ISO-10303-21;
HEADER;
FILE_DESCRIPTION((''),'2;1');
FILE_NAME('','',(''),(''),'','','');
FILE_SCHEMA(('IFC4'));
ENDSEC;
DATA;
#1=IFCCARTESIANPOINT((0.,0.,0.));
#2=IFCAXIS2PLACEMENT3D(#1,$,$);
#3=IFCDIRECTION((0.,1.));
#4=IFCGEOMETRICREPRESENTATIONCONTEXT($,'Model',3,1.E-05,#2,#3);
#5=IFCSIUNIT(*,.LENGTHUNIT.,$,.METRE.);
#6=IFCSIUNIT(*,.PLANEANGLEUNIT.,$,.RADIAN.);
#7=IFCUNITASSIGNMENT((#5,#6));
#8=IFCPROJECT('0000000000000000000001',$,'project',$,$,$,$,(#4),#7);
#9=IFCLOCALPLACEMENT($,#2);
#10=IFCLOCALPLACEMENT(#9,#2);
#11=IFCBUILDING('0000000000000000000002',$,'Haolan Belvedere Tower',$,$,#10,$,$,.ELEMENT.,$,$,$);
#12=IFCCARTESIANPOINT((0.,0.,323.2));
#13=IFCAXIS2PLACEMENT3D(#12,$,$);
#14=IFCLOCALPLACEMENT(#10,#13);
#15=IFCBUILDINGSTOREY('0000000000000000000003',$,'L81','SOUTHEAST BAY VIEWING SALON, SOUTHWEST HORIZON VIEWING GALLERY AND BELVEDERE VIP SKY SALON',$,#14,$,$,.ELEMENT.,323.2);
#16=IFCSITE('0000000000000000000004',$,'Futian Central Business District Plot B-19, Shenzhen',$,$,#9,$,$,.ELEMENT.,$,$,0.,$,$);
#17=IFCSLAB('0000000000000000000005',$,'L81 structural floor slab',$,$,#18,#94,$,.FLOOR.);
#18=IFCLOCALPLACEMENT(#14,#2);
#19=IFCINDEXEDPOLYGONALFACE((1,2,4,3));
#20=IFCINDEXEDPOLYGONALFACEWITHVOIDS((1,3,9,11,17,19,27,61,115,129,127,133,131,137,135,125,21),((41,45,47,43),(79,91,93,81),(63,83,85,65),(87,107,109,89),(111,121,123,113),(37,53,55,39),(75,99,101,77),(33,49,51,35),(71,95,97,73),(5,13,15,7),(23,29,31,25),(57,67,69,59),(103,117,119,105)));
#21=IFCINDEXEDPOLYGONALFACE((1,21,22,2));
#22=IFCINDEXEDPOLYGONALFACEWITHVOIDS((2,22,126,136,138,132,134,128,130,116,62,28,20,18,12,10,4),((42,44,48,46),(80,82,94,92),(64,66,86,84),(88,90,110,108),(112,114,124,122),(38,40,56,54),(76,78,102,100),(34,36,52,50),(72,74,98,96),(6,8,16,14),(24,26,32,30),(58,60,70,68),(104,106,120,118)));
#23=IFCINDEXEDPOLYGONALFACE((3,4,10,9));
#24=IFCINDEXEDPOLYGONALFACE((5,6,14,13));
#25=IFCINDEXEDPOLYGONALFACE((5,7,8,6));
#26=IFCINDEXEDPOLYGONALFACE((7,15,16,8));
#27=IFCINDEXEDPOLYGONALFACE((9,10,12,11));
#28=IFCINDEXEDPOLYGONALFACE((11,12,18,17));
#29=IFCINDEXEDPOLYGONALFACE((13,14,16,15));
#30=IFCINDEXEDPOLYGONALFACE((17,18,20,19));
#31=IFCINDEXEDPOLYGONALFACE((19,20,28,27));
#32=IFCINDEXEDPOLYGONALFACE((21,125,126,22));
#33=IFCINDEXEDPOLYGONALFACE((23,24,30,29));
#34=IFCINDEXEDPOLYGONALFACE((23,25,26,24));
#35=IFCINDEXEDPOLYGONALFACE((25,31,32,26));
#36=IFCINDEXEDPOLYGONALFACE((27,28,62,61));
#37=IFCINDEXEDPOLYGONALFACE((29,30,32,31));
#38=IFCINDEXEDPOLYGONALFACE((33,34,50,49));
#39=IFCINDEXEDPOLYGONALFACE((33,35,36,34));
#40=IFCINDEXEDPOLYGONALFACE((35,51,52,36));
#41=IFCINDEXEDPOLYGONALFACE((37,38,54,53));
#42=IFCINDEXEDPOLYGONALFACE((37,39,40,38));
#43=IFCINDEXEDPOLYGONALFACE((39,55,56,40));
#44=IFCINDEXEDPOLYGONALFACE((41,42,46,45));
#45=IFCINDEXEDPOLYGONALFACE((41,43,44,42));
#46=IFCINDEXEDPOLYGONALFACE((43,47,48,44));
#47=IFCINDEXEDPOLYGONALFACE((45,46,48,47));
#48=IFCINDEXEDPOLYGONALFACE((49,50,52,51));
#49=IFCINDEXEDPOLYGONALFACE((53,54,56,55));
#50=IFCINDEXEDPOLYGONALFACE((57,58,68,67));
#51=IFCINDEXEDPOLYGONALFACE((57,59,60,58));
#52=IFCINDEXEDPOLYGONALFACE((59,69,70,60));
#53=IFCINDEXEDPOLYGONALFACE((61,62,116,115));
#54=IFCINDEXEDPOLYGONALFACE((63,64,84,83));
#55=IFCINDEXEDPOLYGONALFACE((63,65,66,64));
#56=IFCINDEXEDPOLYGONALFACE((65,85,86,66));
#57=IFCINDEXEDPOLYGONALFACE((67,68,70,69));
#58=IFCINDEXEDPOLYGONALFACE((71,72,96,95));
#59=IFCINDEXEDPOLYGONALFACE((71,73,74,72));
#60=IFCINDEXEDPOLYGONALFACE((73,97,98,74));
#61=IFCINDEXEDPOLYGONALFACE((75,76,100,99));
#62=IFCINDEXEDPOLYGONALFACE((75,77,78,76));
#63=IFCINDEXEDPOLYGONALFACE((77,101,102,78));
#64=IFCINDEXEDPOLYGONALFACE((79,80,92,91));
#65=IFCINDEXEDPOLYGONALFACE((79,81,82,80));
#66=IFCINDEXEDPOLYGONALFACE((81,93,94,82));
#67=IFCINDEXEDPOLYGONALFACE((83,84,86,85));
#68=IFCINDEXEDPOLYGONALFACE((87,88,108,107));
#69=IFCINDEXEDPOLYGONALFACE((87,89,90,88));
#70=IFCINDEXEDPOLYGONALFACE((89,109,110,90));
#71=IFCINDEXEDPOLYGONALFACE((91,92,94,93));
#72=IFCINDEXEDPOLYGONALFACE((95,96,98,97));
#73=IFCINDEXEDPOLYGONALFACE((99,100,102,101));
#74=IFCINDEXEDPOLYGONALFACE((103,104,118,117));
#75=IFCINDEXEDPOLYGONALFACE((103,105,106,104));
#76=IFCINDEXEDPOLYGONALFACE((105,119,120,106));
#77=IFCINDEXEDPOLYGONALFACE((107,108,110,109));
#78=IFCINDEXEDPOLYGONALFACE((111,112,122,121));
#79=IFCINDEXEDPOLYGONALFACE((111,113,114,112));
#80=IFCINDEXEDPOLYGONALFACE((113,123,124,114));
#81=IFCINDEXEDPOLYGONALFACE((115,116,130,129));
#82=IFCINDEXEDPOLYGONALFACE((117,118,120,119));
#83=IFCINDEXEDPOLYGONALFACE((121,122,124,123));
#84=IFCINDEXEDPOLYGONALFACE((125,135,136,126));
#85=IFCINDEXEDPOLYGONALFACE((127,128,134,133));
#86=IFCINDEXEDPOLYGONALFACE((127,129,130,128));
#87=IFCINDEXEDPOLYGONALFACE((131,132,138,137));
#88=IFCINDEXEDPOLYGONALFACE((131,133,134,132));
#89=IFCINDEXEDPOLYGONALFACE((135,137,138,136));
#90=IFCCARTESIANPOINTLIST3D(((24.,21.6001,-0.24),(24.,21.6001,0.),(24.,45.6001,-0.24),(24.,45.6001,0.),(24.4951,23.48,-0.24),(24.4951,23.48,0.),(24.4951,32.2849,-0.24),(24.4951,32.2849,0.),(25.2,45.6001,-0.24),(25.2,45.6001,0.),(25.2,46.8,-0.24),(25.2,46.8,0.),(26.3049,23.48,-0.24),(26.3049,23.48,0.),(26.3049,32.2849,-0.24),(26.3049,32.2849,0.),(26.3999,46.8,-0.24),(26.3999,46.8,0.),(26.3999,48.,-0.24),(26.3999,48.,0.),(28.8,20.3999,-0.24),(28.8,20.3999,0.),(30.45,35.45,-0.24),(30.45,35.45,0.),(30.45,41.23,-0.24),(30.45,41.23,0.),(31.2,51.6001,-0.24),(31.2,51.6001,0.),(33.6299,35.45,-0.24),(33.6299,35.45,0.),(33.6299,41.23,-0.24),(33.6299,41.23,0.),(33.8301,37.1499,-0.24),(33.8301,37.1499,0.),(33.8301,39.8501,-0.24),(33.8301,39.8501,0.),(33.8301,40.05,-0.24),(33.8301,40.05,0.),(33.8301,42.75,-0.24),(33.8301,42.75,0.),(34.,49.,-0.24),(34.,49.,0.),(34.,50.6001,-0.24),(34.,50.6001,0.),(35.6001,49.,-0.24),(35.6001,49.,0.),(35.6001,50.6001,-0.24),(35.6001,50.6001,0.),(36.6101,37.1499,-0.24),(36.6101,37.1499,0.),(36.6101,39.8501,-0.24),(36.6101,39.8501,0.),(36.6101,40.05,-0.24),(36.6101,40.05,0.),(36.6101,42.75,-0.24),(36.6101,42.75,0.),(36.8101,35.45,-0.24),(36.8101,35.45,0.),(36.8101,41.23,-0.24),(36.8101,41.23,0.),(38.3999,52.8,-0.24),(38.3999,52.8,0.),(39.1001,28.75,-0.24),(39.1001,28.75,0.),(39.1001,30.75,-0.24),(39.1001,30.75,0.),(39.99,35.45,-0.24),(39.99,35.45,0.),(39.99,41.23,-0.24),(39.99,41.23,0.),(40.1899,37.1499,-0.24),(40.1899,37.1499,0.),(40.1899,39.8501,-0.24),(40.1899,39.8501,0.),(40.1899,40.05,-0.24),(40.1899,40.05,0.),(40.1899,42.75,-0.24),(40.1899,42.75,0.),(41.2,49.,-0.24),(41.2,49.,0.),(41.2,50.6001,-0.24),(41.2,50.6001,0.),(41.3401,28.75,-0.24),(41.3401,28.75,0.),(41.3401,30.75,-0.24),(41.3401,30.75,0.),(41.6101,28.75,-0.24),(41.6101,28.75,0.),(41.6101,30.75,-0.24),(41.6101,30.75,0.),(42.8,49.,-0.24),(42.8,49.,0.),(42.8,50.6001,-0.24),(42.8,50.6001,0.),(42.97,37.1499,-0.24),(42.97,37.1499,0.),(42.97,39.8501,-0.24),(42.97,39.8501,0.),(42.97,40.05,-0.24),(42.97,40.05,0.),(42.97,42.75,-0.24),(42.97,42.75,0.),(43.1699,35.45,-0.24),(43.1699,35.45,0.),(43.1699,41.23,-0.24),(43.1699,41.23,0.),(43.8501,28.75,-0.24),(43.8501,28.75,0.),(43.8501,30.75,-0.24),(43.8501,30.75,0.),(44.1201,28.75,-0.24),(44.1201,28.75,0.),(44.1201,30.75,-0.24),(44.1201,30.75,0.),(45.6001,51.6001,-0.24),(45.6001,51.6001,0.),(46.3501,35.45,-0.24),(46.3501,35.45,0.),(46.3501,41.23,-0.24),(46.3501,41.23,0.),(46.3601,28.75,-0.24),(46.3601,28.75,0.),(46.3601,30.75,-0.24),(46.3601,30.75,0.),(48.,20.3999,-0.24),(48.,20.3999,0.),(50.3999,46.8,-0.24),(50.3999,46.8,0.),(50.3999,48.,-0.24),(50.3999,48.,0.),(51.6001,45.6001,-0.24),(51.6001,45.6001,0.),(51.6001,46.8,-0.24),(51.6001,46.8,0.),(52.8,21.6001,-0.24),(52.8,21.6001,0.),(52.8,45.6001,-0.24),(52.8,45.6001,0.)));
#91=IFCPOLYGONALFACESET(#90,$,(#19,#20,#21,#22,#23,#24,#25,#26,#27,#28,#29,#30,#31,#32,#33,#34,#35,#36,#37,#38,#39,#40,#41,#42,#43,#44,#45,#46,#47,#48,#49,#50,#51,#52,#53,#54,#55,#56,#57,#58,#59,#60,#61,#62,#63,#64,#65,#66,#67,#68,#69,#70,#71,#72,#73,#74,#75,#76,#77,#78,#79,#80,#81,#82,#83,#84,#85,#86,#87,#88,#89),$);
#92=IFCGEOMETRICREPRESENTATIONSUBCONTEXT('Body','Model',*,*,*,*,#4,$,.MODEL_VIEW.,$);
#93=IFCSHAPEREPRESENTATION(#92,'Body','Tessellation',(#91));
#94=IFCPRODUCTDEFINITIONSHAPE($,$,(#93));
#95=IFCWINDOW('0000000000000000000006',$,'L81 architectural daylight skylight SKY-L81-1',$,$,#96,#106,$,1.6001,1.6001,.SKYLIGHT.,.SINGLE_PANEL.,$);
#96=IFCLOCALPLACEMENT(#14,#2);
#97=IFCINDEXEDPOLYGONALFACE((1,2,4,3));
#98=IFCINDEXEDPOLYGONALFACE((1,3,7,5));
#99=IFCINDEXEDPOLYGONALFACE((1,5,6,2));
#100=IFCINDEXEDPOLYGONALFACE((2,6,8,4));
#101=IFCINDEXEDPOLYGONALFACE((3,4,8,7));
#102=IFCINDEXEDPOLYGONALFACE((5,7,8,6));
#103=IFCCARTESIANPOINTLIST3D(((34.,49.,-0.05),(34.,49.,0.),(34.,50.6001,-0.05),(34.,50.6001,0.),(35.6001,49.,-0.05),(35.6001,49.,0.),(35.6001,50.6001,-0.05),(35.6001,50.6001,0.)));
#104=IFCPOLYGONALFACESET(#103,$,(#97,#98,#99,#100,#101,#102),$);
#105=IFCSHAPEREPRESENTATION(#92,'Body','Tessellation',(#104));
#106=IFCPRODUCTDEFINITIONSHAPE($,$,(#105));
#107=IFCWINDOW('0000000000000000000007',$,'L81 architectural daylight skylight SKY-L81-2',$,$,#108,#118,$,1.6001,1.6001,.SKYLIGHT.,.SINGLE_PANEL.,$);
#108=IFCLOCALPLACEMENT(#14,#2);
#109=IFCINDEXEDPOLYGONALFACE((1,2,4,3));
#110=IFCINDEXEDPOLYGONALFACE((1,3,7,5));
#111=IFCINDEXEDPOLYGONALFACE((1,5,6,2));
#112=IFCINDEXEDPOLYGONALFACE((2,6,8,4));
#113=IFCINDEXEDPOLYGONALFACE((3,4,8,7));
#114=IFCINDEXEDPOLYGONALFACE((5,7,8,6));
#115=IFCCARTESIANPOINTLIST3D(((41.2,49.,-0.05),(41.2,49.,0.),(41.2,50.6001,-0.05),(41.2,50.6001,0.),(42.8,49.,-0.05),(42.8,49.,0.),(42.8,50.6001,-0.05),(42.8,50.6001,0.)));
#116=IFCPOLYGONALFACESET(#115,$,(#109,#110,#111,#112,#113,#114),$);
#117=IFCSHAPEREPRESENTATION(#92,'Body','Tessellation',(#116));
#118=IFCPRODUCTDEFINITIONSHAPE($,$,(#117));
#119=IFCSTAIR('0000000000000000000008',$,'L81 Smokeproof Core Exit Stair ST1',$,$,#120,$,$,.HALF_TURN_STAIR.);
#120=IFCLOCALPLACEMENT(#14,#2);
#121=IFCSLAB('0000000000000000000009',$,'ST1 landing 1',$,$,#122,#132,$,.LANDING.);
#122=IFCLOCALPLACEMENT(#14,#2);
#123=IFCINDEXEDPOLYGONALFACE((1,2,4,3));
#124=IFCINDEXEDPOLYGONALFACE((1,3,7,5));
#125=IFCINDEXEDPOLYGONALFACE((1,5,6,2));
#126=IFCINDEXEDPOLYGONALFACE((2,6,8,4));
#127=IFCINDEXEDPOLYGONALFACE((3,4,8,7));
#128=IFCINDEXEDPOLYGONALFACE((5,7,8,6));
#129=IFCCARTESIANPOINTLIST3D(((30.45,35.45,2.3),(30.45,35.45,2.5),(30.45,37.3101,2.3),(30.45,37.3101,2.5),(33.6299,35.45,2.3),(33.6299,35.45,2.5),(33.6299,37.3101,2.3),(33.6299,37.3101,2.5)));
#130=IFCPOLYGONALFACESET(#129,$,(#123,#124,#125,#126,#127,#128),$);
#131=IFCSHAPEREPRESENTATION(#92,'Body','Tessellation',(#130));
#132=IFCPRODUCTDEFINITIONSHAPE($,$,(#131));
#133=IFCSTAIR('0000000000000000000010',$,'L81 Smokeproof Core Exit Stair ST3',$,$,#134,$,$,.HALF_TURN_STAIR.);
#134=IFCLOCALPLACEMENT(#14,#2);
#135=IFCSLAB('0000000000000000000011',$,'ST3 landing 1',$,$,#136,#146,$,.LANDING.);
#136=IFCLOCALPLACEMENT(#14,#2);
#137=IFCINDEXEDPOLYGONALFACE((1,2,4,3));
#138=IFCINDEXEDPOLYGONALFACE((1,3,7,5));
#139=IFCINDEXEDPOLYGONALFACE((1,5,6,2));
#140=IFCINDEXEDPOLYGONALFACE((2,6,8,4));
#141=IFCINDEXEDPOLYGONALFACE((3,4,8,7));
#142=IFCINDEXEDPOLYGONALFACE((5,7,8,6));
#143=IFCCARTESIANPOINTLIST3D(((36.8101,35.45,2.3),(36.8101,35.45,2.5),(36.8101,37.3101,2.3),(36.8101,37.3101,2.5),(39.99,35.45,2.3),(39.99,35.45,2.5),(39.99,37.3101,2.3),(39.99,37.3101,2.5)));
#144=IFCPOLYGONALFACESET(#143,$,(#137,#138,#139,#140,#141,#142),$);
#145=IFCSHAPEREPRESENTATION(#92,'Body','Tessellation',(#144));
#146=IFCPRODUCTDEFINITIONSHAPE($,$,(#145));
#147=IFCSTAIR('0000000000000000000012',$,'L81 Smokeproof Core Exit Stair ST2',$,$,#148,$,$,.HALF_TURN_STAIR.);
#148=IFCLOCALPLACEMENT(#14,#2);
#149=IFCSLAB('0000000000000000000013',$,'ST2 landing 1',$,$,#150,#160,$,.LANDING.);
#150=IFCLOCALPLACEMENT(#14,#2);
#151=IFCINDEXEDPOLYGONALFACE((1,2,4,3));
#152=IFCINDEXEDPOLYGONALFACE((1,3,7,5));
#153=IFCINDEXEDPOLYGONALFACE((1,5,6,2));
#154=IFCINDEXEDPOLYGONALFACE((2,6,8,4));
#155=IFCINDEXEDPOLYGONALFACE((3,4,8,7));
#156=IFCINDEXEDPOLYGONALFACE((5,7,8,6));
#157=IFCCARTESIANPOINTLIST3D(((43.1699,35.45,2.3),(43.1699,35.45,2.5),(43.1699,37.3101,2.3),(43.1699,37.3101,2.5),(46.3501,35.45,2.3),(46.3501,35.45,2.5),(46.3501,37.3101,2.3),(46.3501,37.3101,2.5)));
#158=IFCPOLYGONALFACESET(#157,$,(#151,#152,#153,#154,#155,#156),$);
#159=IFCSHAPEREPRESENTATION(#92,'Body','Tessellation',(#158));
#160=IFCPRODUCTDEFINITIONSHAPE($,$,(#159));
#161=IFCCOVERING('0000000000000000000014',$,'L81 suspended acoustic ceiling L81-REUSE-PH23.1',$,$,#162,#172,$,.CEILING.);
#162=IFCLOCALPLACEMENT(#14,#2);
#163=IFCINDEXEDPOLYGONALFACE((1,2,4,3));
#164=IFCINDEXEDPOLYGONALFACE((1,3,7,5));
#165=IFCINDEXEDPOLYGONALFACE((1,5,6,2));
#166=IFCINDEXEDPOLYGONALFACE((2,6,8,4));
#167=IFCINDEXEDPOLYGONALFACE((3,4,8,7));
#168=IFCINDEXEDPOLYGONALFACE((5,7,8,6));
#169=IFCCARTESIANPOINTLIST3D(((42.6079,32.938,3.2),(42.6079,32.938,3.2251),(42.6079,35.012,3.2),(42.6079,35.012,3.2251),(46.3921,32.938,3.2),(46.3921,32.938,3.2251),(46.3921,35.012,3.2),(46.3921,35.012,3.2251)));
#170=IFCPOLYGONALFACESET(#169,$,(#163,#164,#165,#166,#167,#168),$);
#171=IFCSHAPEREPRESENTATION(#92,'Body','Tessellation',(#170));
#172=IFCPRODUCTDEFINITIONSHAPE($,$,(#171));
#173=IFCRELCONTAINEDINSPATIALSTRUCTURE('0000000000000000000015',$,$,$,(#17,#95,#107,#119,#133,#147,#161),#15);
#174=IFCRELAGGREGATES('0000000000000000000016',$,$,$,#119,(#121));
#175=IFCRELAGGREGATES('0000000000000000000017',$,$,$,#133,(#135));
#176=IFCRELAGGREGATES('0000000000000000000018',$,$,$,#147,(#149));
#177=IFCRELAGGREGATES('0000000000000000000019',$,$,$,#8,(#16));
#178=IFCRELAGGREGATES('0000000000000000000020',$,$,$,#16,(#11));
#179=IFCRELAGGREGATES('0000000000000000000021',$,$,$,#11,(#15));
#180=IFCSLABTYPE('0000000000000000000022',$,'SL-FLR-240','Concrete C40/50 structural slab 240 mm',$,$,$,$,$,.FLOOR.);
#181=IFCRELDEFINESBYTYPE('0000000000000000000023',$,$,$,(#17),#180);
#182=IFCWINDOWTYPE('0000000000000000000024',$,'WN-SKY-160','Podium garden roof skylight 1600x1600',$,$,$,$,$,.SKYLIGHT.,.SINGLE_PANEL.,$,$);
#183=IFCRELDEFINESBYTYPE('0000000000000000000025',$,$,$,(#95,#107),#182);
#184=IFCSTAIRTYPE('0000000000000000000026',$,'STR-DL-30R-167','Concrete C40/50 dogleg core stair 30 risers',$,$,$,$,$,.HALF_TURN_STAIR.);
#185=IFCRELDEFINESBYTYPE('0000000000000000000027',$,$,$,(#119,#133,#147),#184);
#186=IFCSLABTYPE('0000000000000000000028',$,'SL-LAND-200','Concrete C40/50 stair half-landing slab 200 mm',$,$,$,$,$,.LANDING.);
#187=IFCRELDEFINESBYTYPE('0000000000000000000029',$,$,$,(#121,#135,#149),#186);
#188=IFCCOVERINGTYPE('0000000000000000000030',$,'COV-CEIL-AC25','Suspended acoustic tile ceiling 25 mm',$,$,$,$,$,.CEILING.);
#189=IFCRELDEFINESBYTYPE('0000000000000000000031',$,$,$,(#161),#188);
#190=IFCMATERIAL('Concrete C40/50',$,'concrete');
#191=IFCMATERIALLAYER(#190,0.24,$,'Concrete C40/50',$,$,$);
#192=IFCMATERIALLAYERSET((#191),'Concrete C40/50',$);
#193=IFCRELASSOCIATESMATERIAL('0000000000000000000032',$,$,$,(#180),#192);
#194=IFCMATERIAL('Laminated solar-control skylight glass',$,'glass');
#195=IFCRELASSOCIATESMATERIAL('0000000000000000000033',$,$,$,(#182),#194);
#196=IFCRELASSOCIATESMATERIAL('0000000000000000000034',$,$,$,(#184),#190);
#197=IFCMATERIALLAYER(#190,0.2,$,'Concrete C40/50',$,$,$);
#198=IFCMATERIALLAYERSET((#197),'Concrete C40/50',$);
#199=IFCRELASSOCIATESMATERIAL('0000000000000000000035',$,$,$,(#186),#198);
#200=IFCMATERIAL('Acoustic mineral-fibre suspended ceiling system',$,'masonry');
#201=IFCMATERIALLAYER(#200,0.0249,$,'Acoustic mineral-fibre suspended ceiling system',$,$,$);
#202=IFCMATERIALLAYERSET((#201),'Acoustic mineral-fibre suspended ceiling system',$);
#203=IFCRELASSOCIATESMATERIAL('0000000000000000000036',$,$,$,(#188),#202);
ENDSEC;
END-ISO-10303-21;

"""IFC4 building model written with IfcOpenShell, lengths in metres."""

from ifc_helpers import new_model, si_unit, direction, frame, origin, origin_2d, place, context, subcontext, project, spatial, polyline, rectangle, outline, extrude, material, layer, layer_set, type_object, element, fill, aggregate, save


model = new_model("IFC4")

# Units and contexts
model_context = context("Model", 3, precision=1e-05, world=origin(), true_north=direction((0.0, 1.0)))
body_context = subcontext(model_context, "Body", "Model", "MODEL_VIEW")
ifc_project = project(units=[si_unit("LENGTHUNIT", "METRE"), si_unit("PLANEANGLEUNIT", "RADIAN")], contexts=[model_context])

# Site, building, storey
site_placement = place(None, origin())
site = spatial("IfcSite", under=ifc_project, at=site_placement, Name="Futian Central Business District Plot B-19, Shenzhen", CompositionType="ELEMENT", RefElevation=0.0)
building_placement = place(site_placement, origin())
building = spatial("IfcBuilding", under=site, at=building_placement, Name="Haolan Belvedere Tower", CompositionType="ELEMENT")
storey_placement = place(building_placement, frame((0.0, 0.0, 323.2)))
storey = spatial("IfcBuildingStorey", under=building, at=storey_placement, Name="L81", Description="SOUTHEAST BAY VIEWING SALON, SOUTHWEST HORIZON VIEWING GALLERY AND BELVEDERE VIP SKY SALON", CompositionType="ELEMENT", Elevation=323.2)

# Slab, openings, windows
ifc_material_1 = material(Name="Concrete C40/50", Category="concrete")
ifc_layer_1 = layer(ifc_material_1, 0.24, Name="Concrete C40/50")
ifc_layer_set_1 = layer_set([ifc_layer_1], Name="Concrete C40/50")
slab_type_1 = type_object("IfcSlabType", Name="SL-FLR-240", Description="Concrete C40/50 structural slab 240 mm", PredefinedType="FLOOR", material=ifc_layer_set_1)
slab_1_placement = place(storey_placement, frame((0.0, 0.0, -0.24)))
slab_1 = element("IfcSlab", 1, at=slab_1_placement, inside=storey, type_object=slab_type_1, Name="L81 structural floor slab", PredefinedType="FLOOR", context=body_context, shape_type="SweptSolid", body=[
    extrude(outline(polyline([(24.0, 21.6001), (28.8, 20.3999), (48.0, 20.3999), (52.8, 21.6001), (52.8, 45.6001), (52.8, 45.6001), (51.6001, 45.6001), (51.6001, 46.8), (50.3999, 46.8), (50.3999, 48.0), (45.6001, 51.6001), (38.3999, 52.8), (31.2, 51.6001), (26.3999, 48.0), (26.3999, 46.8), (25.2, 46.8), (25.2, 45.6001), (24.0, 45.6001), (24.0, 45.6001), (24.0, 21.6001)]), holes=[polyline([(30.45, 41.23), (30.45, 35.45), (33.6299, 35.45), (33.6299, 41.23), (30.45, 41.23)]), polyline([(36.8101, 41.23), (36.8101, 35.45), (39.99, 35.45), (39.99, 41.23), (36.8101, 41.23)]), polyline([(43.1699, 41.23), (43.1699, 35.45), (46.3501, 35.45), (46.3501, 41.23), (43.1699, 41.23)]), polyline([(24.4951, 23.48), (26.3049, 23.48), (26.3049, 32.2849), (24.4951, 32.2849), (24.4951, 23.48)]), polyline([(33.8301, 40.05), (36.6101, 40.05), (36.6101, 42.75), (33.8301, 42.75), (33.8301, 40.05)]), polyline([(33.8301, 37.1499), (36.6101, 37.1499), (36.6101, 39.8501), (33.8301, 39.8501), (33.8301, 37.1499)]), polyline([(40.1899, 40.05), (42.97, 40.05), (42.97, 42.75), (40.1899, 42.75), (40.1899, 40.05)]), polyline([(40.1899, 37.1499), (42.97, 37.1499), (42.97, 39.8501), (40.1899, 39.8501), (40.1899, 37.1499)]), polyline([(39.1001, 28.75), (41.3401, 28.75), (41.3401, 30.75), (39.1001, 30.75), (39.1001, 28.75)]), polyline([(41.6101, 28.75), (43.8501, 28.75), (43.8501, 30.75), (41.6101, 30.75), (41.6101, 28.75)]), polyline([(44.1201, 28.75), (46.3601, 28.75), (46.3601, 30.75), (44.1201, 30.75), (44.1201, 28.75)])]), origin(), (0.0, 0.0, 1.0), 0.24),
])
opening_1_placement = place(slab_1_placement, frame((34.8, 49.8, 0.0)))
opening_1 = element("IfcOpeningElement", 2, at=opening_1_placement, cuts=slab_1, PredefinedType="OPENING", context=body_context, shape_type="SweptSolid", body=[
    extrude(rectangle(XDim=1.6001, YDim=1.6001, at=origin_2d()), frame((0.0, 0.0, -0.01)), (0.0, 0.0, 1.0), 0.26),
])
opening_2_placement = place(slab_1_placement, frame((42.0, 49.8, 0.0)))
opening_2 = element("IfcOpeningElement", 3, at=opening_2_placement, cuts=slab_1, PredefinedType="OPENING", context=body_context, shape_type="SweptSolid", body=[
    extrude(rectangle(XDim=1.6001, YDim=1.6001, at=origin_2d()), frame((0.0, 0.0, -0.01)), (0.0, 0.0, 1.0), 0.26),
])
ifc_material_2 = material(Name="Laminated solar-control skylight glass", Category="glass")
window_type = type_object("IfcWindowType", Name="WN-SKY-160", Description="Podium garden roof skylight 1600x1600", PartitioningType="SINGLE_PANEL", PredefinedType="SKYLIGHT", material=ifc_material_2)
window_1_placement = place(opening_1_placement, frame((0.0, 0.0, 0.1899)))
window_1 = element("IfcWindow", 4, at=window_1_placement, inside=storey, type_object=window_type, Name="L81 architectural daylight skylight SKY-L81-1", OverallHeight=1.6001, OverallWidth=1.6001, PartitioningType="SINGLE_PANEL", PredefinedType="SKYLIGHT", context=body_context, shape_type="SweptSolid", body=[
    extrude(rectangle(XDim=1.6001, YDim=1.6001, at=origin_2d()), origin(), (0.0, 0.0, 1.0), 0.05),
])
fill(opening_1, window_1)
window_2_placement = place(opening_2_placement, frame((0.0, 0.0, 0.1899)))
window_2 = element("IfcWindow", 5, at=window_2_placement, inside=storey, type_object=window_type, Name="L81 architectural daylight skylight SKY-L81-2", OverallHeight=1.6001, OverallWidth=1.6001, PartitioningType="SINGLE_PANEL", PredefinedType="SKYLIGHT", context=body_context, shape_type="SweptSolid", body=[
    extrude(rectangle(XDim=1.6001, YDim=1.6001, at=origin_2d()), origin(), (0.0, 0.0, 1.0), 0.05),
])
fill(opening_2, window_2)

# Stairs, slabs
stair_type = type_object("IfcStairType", Name="STR-DL-30R-167", Description="Concrete C40/50 dogleg core stair 30 risers", PredefinedType="HALF_TURN_STAIR", material=ifc_material_1)
stair_1_placement = place(storey_placement, origin())
stair_1 = element("IfcStair", 6, at=stair_1_placement, inside=storey, type_object=stair_type, Name="L81 Smokeproof Core Exit Stair ST1", PredefinedType="HALF_TURN_STAIR")
ifc_layer_2 = layer(ifc_material_1, 0.2, Name="Concrete C40/50")
ifc_layer_set_2 = layer_set([ifc_layer_2], Name="Concrete C40/50")
slab_type_2 = type_object("IfcSlabType", Name="SL-LAND-200", Description="Concrete C40/50 stair half-landing slab 200 mm", PredefinedType="LANDING", material=ifc_layer_set_2)
slab_2_placement = place(storey_placement, frame((0.0, 0.0, 2.3)))
slab_2 = element("IfcSlab", 7, at=slab_2_placement, type_object=slab_type_2, Name="ST1 landing 1", PredefinedType="LANDING", context=body_context, shape_type="SweptSolid", body=[
    extrude(outline(polyline([(30.45, 37.3101), (30.45, 35.45), (33.6299, 35.45), (33.6299, 37.3101), (30.45, 37.3101)])), origin(), (0.0, 0.0, 1.0), 0.2),
])
aggregate(stair_1, [slab_2])
stair_2_placement = place(storey_placement, origin())
stair_2 = element("IfcStair", 8, at=stair_2_placement, inside=storey, type_object=stair_type, Name="L81 Smokeproof Core Exit Stair ST3", PredefinedType="HALF_TURN_STAIR")
slab_3_placement = place(storey_placement, frame((0.0, 0.0, 2.3)))
slab_3 = element("IfcSlab", 9, at=slab_3_placement, type_object=slab_type_2, Name="ST3 landing 1", PredefinedType="LANDING", context=body_context, shape_type="SweptSolid", body=[
    extrude(outline(polyline([(36.8101, 37.3101), (36.8101, 35.45), (39.99, 35.45), (39.99, 37.3101), (36.8101, 37.3101)])), origin(), (0.0, 0.0, 1.0), 0.2),
])
aggregate(stair_2, [slab_3])
stair_3_placement = place(storey_placement, origin())
stair_3 = element("IfcStair", 10, at=stair_3_placement, inside=storey, type_object=stair_type, Name="L81 Smokeproof Core Exit Stair ST2", PredefinedType="HALF_TURN_STAIR")
slab_4_placement = place(storey_placement, frame((0.0, 0.0, 2.3)))
slab_4 = element("IfcSlab", 11, at=slab_4_placement, type_object=slab_type_2, Name="ST2 landing 1", PredefinedType="LANDING", context=body_context, shape_type="SweptSolid", body=[
    extrude(outline(polyline([(43.1699, 37.3101), (43.1699, 35.45), (46.3501, 35.45), (46.3501, 37.3101), (43.1699, 37.3101)])), origin(), (0.0, 0.0, 1.0), 0.2),
])
aggregate(stair_3, [slab_4])

# Covering
ifc_material_3 = material(Name="Acoustic mineral-fibre suspended ceiling system", Category="masonry")
ifc_layer_3 = layer(ifc_material_3, 0.0249, Name="Acoustic mineral-fibre suspended ceiling system")
ifc_layer_set_3 = layer_set([ifc_layer_3], Name="Acoustic mineral-fibre suspended ceiling system")
covering_type_1 = type_object("IfcCoveringType", Name="COV-CEIL-AC25", Description="Suspended acoustic tile ceiling 25 mm", PredefinedType="CEILING", material=ifc_layer_set_3)
covering_1_placement = place(storey_placement, frame((0.0, 0.0, 3.2)))
element("IfcCovering", 12, at=covering_1_placement, inside=storey, type_object=covering_type_1, Name="L81 suspended acoustic ceiling L81-REUSE-PH23.1", PredefinedType="CEILING", context=body_context, shape_type="SweptSolid", body=[
    extrude(outline(polyline([(42.6079, 32.938), (46.3921, 32.938), (46.3921, 35.012), (42.6079, 35.012), (42.6079, 32.938)])), origin(), (0.0, 0.0, 1.0), 0.0251),
])

save(model, "model.ifc")
